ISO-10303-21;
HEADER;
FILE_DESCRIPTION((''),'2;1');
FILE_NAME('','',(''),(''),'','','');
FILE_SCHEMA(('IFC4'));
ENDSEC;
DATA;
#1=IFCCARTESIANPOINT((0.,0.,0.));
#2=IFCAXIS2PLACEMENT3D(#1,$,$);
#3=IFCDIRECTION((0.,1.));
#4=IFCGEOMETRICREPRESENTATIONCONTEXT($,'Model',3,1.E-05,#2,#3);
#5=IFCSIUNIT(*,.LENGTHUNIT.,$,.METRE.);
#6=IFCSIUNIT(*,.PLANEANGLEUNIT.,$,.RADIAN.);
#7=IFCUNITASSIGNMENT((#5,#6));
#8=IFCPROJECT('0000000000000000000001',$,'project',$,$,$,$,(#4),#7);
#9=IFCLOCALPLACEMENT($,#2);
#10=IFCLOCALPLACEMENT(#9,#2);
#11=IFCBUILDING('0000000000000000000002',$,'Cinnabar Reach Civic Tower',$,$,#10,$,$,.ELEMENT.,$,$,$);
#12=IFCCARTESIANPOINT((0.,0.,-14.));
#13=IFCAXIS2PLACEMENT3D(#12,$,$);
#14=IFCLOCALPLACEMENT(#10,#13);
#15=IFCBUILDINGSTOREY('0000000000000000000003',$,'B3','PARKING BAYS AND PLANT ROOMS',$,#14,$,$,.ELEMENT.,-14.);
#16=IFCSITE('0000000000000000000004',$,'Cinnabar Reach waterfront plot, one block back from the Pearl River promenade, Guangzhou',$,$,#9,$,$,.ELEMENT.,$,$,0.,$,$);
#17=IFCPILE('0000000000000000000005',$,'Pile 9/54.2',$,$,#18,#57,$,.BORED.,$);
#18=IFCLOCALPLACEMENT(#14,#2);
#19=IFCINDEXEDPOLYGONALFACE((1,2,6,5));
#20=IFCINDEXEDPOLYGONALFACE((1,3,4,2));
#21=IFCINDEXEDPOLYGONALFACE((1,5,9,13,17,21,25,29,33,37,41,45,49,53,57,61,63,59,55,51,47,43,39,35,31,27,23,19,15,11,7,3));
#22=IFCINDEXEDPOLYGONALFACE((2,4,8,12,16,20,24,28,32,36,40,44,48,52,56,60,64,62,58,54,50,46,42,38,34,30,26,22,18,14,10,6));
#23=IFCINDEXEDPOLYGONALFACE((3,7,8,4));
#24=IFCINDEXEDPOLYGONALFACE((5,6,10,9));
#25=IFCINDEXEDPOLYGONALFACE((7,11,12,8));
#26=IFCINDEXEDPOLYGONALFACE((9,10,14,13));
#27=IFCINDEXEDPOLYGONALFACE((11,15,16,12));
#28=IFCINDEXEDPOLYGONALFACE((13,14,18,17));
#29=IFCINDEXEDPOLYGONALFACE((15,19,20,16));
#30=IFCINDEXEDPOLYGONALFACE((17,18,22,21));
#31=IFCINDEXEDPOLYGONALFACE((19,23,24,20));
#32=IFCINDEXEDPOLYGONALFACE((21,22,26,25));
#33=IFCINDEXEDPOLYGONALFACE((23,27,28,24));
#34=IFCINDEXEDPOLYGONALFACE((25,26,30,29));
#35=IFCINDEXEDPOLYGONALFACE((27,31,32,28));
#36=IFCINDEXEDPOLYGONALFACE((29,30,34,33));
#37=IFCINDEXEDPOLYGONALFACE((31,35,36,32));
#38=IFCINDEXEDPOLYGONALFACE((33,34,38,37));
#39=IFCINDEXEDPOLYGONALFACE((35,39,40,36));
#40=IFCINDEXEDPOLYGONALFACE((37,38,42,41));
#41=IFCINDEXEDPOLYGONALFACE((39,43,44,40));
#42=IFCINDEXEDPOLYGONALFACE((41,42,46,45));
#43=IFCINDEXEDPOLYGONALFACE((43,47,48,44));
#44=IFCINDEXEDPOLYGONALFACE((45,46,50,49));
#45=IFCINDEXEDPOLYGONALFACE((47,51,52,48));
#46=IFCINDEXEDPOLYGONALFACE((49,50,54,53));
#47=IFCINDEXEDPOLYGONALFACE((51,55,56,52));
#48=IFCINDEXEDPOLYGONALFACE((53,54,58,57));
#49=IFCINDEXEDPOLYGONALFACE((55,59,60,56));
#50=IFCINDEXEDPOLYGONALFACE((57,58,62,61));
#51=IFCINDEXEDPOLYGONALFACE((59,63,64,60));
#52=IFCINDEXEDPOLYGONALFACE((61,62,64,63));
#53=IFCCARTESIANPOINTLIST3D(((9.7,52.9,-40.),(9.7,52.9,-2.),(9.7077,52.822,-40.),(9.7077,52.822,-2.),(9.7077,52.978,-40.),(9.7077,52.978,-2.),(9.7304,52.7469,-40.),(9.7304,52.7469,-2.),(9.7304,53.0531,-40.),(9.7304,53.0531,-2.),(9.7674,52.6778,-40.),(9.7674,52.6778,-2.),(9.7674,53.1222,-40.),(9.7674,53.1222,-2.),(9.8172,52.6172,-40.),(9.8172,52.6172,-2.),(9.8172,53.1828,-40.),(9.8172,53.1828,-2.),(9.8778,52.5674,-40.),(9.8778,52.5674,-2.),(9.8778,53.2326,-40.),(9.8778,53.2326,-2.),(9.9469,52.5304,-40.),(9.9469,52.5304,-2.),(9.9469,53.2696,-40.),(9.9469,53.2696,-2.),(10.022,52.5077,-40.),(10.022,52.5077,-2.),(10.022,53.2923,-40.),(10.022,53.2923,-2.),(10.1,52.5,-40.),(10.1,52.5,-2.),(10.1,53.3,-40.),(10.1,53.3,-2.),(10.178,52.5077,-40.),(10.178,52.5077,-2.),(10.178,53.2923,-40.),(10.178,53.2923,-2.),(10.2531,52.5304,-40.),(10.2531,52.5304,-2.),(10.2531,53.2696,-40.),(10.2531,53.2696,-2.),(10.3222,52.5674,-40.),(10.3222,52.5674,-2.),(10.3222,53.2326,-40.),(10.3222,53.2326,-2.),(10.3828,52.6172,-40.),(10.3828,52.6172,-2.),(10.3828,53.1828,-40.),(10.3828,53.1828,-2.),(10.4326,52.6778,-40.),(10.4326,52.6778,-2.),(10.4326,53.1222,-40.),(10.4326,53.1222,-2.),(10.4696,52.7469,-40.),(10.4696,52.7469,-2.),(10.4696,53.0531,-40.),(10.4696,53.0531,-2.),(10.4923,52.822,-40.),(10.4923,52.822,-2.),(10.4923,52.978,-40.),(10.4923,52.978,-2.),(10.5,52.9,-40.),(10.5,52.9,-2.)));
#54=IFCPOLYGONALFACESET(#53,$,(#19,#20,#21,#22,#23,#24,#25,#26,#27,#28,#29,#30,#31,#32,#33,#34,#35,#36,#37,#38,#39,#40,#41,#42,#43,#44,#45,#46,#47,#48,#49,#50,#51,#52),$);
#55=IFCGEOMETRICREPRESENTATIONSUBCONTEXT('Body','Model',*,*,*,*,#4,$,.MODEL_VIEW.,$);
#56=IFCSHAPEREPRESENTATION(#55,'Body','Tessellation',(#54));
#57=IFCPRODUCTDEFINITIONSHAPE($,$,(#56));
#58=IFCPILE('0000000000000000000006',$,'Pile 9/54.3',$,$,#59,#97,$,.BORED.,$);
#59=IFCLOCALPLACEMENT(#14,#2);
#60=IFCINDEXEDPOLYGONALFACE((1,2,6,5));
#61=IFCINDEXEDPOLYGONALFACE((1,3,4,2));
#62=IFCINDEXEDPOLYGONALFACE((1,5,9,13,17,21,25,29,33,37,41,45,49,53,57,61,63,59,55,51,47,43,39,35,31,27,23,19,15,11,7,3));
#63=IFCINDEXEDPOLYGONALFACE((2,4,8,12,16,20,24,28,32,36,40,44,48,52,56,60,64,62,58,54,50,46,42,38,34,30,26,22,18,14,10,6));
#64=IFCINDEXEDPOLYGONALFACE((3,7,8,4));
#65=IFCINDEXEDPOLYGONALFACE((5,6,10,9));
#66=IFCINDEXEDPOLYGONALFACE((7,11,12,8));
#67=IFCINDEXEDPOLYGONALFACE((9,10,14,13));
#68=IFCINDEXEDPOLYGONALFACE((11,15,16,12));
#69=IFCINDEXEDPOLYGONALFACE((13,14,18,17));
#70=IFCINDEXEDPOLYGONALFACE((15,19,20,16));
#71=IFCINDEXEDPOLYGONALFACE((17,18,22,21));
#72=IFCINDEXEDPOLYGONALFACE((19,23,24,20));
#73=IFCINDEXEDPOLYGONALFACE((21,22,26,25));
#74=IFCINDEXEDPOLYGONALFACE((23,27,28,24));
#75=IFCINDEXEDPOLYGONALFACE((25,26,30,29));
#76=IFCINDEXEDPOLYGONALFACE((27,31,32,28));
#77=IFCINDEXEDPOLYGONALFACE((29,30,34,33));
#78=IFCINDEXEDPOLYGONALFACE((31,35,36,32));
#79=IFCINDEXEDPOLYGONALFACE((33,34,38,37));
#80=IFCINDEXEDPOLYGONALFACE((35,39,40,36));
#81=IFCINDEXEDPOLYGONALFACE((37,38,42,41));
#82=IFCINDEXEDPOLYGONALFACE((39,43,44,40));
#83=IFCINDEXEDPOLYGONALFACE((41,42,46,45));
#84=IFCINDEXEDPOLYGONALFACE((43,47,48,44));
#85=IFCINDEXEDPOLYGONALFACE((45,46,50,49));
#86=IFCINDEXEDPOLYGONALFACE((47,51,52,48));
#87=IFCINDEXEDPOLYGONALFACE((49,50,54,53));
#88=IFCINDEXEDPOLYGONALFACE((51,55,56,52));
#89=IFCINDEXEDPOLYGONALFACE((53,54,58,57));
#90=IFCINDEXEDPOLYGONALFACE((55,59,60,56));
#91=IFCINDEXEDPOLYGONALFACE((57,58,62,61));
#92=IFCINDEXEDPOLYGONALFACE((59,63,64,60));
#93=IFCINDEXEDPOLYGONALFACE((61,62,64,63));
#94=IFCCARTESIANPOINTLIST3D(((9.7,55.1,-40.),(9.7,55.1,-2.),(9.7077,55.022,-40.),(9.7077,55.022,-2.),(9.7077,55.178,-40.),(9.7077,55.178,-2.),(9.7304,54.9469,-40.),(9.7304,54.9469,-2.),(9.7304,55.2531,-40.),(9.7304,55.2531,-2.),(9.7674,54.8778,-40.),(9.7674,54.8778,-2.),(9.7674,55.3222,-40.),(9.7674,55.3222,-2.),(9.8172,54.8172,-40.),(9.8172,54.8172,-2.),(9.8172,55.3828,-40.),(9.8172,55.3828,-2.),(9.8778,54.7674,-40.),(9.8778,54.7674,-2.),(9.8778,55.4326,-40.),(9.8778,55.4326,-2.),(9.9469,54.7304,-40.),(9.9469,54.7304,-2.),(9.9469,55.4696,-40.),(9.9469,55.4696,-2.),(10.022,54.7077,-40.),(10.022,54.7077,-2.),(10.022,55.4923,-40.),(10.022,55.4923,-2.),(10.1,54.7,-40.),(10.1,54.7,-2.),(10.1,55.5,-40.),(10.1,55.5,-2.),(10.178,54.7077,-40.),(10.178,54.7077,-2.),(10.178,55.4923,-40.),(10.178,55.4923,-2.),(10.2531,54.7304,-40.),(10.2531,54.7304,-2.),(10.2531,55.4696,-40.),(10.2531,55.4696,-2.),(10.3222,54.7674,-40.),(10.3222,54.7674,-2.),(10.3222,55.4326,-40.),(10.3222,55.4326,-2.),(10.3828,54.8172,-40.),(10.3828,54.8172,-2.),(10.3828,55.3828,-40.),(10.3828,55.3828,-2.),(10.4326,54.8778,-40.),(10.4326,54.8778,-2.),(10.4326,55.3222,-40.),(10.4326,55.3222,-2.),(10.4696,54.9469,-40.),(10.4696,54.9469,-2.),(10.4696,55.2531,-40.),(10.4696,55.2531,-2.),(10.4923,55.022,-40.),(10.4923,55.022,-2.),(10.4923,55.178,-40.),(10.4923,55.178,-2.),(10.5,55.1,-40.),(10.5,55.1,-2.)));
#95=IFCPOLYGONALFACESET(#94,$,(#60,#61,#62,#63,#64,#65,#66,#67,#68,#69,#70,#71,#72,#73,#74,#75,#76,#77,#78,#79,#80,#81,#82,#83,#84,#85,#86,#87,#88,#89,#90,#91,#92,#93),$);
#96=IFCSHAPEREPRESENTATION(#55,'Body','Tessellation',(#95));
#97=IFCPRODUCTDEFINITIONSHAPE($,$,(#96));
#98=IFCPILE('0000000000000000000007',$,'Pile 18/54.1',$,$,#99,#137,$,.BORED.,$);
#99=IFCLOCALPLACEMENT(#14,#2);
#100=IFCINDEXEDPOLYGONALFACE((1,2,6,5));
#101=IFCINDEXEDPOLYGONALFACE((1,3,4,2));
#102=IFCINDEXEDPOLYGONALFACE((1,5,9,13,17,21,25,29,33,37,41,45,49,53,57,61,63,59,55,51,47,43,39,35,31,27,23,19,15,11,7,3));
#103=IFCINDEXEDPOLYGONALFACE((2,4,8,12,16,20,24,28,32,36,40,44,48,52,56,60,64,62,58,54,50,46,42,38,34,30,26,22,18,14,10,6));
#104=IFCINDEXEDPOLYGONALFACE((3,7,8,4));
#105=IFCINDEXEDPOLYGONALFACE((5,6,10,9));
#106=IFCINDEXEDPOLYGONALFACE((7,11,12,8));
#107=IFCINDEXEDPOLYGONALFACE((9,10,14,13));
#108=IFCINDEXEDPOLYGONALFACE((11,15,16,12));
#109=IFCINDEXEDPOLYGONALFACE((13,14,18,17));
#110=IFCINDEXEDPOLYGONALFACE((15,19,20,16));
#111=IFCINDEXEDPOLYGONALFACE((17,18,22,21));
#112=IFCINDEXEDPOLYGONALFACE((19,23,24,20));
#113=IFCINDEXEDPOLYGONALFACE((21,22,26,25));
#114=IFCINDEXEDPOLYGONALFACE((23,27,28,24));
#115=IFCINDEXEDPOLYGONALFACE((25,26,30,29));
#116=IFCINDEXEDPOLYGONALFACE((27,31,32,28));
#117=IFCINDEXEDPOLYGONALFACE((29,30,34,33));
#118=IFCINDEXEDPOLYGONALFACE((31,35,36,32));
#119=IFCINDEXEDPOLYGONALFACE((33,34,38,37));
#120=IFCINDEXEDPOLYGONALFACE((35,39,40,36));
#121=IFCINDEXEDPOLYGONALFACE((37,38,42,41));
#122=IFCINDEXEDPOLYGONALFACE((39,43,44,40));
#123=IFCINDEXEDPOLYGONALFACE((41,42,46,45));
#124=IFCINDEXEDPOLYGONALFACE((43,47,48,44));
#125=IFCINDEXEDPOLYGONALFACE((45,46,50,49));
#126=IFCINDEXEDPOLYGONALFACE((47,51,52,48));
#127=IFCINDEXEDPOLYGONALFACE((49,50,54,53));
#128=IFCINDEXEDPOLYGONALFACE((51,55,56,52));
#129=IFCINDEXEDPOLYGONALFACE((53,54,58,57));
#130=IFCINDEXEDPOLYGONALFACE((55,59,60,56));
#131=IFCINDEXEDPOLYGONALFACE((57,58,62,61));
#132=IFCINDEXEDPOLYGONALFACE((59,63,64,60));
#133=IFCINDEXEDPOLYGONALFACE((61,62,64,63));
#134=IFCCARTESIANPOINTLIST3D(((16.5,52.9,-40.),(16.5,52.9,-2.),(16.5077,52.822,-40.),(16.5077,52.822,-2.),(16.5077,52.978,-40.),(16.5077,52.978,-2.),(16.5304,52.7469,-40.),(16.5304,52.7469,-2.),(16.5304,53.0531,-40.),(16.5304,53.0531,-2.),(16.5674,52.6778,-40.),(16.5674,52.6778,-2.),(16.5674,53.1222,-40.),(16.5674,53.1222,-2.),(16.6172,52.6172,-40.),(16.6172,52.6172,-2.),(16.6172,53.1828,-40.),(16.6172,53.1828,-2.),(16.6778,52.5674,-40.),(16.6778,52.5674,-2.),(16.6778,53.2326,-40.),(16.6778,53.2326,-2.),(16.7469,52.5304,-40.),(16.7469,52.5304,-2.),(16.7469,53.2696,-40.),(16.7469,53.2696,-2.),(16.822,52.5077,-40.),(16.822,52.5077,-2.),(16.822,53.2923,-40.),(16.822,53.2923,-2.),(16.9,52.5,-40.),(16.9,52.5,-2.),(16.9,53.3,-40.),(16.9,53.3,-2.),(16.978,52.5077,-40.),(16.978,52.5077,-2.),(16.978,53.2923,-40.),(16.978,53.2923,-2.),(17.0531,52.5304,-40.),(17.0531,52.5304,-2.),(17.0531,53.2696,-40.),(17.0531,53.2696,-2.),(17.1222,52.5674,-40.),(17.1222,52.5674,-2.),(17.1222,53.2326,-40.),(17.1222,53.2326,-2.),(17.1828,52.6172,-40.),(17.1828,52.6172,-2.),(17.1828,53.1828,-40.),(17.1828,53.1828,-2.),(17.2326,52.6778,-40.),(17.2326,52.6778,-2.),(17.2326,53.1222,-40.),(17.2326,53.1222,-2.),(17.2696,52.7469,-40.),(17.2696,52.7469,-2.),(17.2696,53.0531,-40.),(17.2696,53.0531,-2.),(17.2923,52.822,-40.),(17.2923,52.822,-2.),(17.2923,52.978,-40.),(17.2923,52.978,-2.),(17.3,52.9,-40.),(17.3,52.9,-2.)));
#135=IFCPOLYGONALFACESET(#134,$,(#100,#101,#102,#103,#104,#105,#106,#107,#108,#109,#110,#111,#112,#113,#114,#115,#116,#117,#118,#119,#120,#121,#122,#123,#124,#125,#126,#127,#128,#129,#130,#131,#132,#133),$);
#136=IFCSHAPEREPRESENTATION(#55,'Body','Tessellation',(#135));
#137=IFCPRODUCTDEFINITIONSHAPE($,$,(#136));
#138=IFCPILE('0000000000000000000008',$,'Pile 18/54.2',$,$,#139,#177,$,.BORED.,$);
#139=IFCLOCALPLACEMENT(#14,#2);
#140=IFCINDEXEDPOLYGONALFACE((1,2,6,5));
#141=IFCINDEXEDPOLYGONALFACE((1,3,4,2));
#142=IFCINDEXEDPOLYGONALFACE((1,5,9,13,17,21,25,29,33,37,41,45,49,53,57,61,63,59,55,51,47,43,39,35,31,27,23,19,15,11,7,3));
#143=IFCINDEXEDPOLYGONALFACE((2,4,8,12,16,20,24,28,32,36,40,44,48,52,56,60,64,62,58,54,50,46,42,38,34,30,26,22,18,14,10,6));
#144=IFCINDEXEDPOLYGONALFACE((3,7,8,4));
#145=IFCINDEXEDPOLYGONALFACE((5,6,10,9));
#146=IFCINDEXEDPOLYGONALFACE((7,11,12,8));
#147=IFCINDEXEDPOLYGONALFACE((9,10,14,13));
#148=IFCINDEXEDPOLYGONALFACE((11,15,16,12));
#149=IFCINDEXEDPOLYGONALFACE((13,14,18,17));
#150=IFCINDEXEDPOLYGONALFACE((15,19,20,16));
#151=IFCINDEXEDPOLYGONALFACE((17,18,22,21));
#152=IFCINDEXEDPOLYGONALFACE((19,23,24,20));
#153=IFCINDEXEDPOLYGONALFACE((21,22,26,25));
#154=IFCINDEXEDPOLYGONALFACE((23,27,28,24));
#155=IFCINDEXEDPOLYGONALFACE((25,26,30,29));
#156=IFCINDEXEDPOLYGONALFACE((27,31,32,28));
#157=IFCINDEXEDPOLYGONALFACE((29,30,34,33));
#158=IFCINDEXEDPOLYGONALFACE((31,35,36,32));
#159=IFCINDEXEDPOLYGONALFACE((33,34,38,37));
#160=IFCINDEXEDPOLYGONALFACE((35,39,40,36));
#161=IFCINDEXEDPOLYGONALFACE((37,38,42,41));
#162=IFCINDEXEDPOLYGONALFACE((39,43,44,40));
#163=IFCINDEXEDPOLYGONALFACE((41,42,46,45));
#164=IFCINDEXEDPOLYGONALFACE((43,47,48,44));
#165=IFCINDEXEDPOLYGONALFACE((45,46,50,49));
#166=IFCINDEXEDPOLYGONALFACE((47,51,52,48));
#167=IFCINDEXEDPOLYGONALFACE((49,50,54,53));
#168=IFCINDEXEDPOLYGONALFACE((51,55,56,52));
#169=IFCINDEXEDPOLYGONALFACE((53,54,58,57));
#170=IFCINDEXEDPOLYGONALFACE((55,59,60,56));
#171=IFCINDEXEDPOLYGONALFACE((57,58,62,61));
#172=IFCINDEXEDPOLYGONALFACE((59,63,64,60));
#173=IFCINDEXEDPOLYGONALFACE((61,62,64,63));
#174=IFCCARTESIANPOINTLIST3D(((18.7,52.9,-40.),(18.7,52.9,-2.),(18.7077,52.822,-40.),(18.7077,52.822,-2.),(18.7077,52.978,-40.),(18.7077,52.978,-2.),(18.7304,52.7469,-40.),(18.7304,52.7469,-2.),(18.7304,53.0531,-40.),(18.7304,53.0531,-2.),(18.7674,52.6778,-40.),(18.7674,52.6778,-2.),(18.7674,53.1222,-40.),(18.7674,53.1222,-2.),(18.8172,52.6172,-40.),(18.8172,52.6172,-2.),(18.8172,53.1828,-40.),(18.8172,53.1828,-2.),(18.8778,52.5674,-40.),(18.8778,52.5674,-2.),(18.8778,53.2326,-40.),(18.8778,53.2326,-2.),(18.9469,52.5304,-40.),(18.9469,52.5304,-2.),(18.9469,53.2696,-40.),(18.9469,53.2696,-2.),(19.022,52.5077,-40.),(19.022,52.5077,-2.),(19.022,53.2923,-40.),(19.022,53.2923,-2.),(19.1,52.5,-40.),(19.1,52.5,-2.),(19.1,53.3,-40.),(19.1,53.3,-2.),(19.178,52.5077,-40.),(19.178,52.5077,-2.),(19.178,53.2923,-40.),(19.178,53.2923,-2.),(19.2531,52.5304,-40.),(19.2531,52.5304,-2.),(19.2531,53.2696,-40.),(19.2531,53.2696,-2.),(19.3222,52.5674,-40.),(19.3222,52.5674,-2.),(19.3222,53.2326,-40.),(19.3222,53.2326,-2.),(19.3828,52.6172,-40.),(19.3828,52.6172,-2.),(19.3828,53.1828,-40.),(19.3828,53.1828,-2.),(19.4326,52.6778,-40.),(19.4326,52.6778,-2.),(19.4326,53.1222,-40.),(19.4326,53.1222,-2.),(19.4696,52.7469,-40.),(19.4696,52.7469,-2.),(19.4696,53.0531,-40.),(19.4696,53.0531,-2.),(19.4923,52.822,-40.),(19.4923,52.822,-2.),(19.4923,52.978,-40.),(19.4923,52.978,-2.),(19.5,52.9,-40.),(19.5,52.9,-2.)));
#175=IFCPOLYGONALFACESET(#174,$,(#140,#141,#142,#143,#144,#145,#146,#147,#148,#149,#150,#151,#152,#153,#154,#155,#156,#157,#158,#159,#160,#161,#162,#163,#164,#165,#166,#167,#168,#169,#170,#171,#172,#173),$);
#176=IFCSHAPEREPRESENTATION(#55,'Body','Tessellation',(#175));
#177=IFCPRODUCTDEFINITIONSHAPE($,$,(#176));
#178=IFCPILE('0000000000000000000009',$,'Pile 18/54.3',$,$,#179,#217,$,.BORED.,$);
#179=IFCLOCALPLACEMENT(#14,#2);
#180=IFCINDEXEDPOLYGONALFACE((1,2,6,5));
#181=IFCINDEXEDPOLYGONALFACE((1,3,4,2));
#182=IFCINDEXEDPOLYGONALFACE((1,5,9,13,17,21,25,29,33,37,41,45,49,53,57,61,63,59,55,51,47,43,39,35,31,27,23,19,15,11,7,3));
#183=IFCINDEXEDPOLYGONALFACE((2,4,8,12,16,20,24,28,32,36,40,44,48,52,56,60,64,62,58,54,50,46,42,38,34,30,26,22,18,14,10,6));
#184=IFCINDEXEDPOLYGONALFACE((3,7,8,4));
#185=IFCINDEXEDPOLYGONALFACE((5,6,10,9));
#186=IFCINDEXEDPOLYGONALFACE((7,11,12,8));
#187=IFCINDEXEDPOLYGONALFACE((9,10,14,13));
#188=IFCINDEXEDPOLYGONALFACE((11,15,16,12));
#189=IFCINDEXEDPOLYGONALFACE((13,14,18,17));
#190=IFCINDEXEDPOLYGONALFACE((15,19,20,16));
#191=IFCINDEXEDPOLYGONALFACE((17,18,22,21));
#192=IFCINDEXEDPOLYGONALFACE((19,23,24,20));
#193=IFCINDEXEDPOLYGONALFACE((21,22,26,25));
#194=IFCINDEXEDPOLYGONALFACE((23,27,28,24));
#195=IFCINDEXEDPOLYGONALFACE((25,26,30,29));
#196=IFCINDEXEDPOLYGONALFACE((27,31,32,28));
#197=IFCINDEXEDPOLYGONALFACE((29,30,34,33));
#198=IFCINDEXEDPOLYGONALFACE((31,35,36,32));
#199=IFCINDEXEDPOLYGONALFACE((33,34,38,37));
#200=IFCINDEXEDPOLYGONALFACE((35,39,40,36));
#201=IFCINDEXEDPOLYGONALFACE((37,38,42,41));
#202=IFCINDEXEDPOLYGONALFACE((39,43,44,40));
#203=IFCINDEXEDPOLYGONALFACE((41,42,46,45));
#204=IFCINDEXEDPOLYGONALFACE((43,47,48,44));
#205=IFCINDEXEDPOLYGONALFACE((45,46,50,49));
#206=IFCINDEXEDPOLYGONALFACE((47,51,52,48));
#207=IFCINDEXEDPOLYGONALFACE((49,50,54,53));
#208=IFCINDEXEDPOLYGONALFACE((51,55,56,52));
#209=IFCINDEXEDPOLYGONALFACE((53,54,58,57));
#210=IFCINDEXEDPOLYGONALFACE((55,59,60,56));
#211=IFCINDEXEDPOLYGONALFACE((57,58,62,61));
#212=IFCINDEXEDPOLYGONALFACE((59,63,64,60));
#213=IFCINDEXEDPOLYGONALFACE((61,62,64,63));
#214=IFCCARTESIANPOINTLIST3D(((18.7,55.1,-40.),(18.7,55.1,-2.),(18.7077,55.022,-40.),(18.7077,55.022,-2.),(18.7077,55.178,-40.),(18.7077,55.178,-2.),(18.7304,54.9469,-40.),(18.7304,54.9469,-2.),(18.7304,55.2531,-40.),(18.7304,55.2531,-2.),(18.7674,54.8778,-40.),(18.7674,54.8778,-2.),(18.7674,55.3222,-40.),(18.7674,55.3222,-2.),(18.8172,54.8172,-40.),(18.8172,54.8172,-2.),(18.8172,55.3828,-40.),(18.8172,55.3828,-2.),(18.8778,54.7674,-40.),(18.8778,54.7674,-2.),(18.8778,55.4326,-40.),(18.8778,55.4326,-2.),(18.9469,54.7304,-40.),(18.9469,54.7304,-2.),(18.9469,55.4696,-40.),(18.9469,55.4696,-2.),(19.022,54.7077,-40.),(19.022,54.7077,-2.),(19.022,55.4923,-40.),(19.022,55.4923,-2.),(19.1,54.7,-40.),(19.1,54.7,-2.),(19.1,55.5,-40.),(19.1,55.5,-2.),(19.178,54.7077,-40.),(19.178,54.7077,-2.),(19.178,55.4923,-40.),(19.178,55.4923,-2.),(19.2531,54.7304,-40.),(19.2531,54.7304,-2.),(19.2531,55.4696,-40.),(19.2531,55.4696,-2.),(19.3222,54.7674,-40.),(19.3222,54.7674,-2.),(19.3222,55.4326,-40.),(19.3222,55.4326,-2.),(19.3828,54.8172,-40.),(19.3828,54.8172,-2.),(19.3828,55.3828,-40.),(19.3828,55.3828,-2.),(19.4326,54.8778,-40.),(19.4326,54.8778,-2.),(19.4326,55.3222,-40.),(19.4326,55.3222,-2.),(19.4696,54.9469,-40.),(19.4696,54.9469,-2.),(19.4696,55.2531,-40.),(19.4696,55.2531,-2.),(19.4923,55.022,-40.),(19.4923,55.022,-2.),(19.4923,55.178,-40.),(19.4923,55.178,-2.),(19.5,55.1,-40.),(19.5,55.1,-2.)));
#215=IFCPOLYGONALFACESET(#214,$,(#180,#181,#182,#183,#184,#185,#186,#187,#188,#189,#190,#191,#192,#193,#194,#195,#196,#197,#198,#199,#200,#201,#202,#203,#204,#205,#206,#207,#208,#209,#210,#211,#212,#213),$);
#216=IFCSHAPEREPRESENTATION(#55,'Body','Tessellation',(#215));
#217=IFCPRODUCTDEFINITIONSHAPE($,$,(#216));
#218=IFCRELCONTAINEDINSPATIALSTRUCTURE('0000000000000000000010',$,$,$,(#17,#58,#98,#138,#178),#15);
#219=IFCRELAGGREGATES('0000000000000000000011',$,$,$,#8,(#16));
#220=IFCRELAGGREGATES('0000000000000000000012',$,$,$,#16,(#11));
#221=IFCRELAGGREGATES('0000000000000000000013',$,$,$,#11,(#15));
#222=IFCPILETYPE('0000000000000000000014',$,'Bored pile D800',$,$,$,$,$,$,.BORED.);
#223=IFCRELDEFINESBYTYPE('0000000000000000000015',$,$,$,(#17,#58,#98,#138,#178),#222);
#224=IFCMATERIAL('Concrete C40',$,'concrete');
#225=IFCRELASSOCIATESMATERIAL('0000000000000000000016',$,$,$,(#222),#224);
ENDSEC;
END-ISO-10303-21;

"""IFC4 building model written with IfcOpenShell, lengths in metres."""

from ifc_helpers import new_model, si_unit, direction, frame, origin, origin_2d, place, context, subcontext, project, spatial, circle, extrude, material, type_object, element, save


model = new_model("IFC4")

# Units and contexts
model_context = context("Model", 3, precision=1e-05, world=origin(), true_north=direction((0.0, 1.0)))
body_context = subcontext(model_context, "Body", "Model", "MODEL_VIEW")
ifc_project = project(units=[si_unit("LENGTHUNIT", "METRE"), si_unit("PLANEANGLEUNIT", "RADIAN")], contexts=[model_context])

# Site, building, storey
site_placement = place(None, origin())
site = spatial("IfcSite", under=ifc_project, at=site_placement, Name="Cinnabar Reach waterfront plot, one block back from the Pearl River promenade, Guangzhou", CompositionType="ELEMENT", RefElevation=0.0)
building_placement = place(site_placement, origin())
building = spatial("IfcBuilding", under=site, at=building_placement, Name="Cinnabar Reach Civic Tower", CompositionType="ELEMENT")
storey_placement = place(building_placement, frame((0.0, 0.0, -14.0)))
storey = spatial("IfcBuildingStorey", under=building, at=storey_placement, Name="B3", Description="PARKING BAYS AND PLANT ROOMS", CompositionType="ELEMENT", Elevation=-14.0)

# Piles
ifc_material_1 = material(Name="Concrete C40", Category="concrete")
pile_type_1 = type_object("IfcPileType", Name="Bored pile D800", PredefinedType="BORED", material=ifc_material_1)
for number, where, z_axis, x_axis, name in (
    (1, (10.1, 52.9, -2.0), (0.0, 0.0, -1.0), (1.0, 0.0, 0.0), "Pile 9/54.2"),
    (2, (10.1, 55.1, -2.0), (0.0, 0.0, -1.0), (1.0, 0.0, 0.0), "Pile 9/54.3"),
    (3, (16.9, 52.9, -2.0), (0.0, 0.0, -1.0), (1.0, 0.0, 0.0), "Pile 18/54.1"),
    (4, (19.1, 52.9, -2.0), (0.0, 0.0, -1.0), (1.0, 0.0, 0.0), "Pile 18/54.2"),
    (5, (19.1, 55.1, -2.0), (0.0, 0.0, -1.0), (1.0, 0.0, 0.0), "Pile 18/54.3"),
):
    element("IfcPile", number, at=place(storey_placement, frame(where, z_axis=z_axis, x_axis=x_axis)), inside=storey, type_object=pile_type_1, Name=name, PredefinedType="BORED", context=body_context, shape_type="SweptSolid", body=[
        extrude(circle(Radius=0.4, at=origin_2d()), origin(), (0.0, 0.0, 1.0), 38.0),
    ])

save(model, "model.ifc")
